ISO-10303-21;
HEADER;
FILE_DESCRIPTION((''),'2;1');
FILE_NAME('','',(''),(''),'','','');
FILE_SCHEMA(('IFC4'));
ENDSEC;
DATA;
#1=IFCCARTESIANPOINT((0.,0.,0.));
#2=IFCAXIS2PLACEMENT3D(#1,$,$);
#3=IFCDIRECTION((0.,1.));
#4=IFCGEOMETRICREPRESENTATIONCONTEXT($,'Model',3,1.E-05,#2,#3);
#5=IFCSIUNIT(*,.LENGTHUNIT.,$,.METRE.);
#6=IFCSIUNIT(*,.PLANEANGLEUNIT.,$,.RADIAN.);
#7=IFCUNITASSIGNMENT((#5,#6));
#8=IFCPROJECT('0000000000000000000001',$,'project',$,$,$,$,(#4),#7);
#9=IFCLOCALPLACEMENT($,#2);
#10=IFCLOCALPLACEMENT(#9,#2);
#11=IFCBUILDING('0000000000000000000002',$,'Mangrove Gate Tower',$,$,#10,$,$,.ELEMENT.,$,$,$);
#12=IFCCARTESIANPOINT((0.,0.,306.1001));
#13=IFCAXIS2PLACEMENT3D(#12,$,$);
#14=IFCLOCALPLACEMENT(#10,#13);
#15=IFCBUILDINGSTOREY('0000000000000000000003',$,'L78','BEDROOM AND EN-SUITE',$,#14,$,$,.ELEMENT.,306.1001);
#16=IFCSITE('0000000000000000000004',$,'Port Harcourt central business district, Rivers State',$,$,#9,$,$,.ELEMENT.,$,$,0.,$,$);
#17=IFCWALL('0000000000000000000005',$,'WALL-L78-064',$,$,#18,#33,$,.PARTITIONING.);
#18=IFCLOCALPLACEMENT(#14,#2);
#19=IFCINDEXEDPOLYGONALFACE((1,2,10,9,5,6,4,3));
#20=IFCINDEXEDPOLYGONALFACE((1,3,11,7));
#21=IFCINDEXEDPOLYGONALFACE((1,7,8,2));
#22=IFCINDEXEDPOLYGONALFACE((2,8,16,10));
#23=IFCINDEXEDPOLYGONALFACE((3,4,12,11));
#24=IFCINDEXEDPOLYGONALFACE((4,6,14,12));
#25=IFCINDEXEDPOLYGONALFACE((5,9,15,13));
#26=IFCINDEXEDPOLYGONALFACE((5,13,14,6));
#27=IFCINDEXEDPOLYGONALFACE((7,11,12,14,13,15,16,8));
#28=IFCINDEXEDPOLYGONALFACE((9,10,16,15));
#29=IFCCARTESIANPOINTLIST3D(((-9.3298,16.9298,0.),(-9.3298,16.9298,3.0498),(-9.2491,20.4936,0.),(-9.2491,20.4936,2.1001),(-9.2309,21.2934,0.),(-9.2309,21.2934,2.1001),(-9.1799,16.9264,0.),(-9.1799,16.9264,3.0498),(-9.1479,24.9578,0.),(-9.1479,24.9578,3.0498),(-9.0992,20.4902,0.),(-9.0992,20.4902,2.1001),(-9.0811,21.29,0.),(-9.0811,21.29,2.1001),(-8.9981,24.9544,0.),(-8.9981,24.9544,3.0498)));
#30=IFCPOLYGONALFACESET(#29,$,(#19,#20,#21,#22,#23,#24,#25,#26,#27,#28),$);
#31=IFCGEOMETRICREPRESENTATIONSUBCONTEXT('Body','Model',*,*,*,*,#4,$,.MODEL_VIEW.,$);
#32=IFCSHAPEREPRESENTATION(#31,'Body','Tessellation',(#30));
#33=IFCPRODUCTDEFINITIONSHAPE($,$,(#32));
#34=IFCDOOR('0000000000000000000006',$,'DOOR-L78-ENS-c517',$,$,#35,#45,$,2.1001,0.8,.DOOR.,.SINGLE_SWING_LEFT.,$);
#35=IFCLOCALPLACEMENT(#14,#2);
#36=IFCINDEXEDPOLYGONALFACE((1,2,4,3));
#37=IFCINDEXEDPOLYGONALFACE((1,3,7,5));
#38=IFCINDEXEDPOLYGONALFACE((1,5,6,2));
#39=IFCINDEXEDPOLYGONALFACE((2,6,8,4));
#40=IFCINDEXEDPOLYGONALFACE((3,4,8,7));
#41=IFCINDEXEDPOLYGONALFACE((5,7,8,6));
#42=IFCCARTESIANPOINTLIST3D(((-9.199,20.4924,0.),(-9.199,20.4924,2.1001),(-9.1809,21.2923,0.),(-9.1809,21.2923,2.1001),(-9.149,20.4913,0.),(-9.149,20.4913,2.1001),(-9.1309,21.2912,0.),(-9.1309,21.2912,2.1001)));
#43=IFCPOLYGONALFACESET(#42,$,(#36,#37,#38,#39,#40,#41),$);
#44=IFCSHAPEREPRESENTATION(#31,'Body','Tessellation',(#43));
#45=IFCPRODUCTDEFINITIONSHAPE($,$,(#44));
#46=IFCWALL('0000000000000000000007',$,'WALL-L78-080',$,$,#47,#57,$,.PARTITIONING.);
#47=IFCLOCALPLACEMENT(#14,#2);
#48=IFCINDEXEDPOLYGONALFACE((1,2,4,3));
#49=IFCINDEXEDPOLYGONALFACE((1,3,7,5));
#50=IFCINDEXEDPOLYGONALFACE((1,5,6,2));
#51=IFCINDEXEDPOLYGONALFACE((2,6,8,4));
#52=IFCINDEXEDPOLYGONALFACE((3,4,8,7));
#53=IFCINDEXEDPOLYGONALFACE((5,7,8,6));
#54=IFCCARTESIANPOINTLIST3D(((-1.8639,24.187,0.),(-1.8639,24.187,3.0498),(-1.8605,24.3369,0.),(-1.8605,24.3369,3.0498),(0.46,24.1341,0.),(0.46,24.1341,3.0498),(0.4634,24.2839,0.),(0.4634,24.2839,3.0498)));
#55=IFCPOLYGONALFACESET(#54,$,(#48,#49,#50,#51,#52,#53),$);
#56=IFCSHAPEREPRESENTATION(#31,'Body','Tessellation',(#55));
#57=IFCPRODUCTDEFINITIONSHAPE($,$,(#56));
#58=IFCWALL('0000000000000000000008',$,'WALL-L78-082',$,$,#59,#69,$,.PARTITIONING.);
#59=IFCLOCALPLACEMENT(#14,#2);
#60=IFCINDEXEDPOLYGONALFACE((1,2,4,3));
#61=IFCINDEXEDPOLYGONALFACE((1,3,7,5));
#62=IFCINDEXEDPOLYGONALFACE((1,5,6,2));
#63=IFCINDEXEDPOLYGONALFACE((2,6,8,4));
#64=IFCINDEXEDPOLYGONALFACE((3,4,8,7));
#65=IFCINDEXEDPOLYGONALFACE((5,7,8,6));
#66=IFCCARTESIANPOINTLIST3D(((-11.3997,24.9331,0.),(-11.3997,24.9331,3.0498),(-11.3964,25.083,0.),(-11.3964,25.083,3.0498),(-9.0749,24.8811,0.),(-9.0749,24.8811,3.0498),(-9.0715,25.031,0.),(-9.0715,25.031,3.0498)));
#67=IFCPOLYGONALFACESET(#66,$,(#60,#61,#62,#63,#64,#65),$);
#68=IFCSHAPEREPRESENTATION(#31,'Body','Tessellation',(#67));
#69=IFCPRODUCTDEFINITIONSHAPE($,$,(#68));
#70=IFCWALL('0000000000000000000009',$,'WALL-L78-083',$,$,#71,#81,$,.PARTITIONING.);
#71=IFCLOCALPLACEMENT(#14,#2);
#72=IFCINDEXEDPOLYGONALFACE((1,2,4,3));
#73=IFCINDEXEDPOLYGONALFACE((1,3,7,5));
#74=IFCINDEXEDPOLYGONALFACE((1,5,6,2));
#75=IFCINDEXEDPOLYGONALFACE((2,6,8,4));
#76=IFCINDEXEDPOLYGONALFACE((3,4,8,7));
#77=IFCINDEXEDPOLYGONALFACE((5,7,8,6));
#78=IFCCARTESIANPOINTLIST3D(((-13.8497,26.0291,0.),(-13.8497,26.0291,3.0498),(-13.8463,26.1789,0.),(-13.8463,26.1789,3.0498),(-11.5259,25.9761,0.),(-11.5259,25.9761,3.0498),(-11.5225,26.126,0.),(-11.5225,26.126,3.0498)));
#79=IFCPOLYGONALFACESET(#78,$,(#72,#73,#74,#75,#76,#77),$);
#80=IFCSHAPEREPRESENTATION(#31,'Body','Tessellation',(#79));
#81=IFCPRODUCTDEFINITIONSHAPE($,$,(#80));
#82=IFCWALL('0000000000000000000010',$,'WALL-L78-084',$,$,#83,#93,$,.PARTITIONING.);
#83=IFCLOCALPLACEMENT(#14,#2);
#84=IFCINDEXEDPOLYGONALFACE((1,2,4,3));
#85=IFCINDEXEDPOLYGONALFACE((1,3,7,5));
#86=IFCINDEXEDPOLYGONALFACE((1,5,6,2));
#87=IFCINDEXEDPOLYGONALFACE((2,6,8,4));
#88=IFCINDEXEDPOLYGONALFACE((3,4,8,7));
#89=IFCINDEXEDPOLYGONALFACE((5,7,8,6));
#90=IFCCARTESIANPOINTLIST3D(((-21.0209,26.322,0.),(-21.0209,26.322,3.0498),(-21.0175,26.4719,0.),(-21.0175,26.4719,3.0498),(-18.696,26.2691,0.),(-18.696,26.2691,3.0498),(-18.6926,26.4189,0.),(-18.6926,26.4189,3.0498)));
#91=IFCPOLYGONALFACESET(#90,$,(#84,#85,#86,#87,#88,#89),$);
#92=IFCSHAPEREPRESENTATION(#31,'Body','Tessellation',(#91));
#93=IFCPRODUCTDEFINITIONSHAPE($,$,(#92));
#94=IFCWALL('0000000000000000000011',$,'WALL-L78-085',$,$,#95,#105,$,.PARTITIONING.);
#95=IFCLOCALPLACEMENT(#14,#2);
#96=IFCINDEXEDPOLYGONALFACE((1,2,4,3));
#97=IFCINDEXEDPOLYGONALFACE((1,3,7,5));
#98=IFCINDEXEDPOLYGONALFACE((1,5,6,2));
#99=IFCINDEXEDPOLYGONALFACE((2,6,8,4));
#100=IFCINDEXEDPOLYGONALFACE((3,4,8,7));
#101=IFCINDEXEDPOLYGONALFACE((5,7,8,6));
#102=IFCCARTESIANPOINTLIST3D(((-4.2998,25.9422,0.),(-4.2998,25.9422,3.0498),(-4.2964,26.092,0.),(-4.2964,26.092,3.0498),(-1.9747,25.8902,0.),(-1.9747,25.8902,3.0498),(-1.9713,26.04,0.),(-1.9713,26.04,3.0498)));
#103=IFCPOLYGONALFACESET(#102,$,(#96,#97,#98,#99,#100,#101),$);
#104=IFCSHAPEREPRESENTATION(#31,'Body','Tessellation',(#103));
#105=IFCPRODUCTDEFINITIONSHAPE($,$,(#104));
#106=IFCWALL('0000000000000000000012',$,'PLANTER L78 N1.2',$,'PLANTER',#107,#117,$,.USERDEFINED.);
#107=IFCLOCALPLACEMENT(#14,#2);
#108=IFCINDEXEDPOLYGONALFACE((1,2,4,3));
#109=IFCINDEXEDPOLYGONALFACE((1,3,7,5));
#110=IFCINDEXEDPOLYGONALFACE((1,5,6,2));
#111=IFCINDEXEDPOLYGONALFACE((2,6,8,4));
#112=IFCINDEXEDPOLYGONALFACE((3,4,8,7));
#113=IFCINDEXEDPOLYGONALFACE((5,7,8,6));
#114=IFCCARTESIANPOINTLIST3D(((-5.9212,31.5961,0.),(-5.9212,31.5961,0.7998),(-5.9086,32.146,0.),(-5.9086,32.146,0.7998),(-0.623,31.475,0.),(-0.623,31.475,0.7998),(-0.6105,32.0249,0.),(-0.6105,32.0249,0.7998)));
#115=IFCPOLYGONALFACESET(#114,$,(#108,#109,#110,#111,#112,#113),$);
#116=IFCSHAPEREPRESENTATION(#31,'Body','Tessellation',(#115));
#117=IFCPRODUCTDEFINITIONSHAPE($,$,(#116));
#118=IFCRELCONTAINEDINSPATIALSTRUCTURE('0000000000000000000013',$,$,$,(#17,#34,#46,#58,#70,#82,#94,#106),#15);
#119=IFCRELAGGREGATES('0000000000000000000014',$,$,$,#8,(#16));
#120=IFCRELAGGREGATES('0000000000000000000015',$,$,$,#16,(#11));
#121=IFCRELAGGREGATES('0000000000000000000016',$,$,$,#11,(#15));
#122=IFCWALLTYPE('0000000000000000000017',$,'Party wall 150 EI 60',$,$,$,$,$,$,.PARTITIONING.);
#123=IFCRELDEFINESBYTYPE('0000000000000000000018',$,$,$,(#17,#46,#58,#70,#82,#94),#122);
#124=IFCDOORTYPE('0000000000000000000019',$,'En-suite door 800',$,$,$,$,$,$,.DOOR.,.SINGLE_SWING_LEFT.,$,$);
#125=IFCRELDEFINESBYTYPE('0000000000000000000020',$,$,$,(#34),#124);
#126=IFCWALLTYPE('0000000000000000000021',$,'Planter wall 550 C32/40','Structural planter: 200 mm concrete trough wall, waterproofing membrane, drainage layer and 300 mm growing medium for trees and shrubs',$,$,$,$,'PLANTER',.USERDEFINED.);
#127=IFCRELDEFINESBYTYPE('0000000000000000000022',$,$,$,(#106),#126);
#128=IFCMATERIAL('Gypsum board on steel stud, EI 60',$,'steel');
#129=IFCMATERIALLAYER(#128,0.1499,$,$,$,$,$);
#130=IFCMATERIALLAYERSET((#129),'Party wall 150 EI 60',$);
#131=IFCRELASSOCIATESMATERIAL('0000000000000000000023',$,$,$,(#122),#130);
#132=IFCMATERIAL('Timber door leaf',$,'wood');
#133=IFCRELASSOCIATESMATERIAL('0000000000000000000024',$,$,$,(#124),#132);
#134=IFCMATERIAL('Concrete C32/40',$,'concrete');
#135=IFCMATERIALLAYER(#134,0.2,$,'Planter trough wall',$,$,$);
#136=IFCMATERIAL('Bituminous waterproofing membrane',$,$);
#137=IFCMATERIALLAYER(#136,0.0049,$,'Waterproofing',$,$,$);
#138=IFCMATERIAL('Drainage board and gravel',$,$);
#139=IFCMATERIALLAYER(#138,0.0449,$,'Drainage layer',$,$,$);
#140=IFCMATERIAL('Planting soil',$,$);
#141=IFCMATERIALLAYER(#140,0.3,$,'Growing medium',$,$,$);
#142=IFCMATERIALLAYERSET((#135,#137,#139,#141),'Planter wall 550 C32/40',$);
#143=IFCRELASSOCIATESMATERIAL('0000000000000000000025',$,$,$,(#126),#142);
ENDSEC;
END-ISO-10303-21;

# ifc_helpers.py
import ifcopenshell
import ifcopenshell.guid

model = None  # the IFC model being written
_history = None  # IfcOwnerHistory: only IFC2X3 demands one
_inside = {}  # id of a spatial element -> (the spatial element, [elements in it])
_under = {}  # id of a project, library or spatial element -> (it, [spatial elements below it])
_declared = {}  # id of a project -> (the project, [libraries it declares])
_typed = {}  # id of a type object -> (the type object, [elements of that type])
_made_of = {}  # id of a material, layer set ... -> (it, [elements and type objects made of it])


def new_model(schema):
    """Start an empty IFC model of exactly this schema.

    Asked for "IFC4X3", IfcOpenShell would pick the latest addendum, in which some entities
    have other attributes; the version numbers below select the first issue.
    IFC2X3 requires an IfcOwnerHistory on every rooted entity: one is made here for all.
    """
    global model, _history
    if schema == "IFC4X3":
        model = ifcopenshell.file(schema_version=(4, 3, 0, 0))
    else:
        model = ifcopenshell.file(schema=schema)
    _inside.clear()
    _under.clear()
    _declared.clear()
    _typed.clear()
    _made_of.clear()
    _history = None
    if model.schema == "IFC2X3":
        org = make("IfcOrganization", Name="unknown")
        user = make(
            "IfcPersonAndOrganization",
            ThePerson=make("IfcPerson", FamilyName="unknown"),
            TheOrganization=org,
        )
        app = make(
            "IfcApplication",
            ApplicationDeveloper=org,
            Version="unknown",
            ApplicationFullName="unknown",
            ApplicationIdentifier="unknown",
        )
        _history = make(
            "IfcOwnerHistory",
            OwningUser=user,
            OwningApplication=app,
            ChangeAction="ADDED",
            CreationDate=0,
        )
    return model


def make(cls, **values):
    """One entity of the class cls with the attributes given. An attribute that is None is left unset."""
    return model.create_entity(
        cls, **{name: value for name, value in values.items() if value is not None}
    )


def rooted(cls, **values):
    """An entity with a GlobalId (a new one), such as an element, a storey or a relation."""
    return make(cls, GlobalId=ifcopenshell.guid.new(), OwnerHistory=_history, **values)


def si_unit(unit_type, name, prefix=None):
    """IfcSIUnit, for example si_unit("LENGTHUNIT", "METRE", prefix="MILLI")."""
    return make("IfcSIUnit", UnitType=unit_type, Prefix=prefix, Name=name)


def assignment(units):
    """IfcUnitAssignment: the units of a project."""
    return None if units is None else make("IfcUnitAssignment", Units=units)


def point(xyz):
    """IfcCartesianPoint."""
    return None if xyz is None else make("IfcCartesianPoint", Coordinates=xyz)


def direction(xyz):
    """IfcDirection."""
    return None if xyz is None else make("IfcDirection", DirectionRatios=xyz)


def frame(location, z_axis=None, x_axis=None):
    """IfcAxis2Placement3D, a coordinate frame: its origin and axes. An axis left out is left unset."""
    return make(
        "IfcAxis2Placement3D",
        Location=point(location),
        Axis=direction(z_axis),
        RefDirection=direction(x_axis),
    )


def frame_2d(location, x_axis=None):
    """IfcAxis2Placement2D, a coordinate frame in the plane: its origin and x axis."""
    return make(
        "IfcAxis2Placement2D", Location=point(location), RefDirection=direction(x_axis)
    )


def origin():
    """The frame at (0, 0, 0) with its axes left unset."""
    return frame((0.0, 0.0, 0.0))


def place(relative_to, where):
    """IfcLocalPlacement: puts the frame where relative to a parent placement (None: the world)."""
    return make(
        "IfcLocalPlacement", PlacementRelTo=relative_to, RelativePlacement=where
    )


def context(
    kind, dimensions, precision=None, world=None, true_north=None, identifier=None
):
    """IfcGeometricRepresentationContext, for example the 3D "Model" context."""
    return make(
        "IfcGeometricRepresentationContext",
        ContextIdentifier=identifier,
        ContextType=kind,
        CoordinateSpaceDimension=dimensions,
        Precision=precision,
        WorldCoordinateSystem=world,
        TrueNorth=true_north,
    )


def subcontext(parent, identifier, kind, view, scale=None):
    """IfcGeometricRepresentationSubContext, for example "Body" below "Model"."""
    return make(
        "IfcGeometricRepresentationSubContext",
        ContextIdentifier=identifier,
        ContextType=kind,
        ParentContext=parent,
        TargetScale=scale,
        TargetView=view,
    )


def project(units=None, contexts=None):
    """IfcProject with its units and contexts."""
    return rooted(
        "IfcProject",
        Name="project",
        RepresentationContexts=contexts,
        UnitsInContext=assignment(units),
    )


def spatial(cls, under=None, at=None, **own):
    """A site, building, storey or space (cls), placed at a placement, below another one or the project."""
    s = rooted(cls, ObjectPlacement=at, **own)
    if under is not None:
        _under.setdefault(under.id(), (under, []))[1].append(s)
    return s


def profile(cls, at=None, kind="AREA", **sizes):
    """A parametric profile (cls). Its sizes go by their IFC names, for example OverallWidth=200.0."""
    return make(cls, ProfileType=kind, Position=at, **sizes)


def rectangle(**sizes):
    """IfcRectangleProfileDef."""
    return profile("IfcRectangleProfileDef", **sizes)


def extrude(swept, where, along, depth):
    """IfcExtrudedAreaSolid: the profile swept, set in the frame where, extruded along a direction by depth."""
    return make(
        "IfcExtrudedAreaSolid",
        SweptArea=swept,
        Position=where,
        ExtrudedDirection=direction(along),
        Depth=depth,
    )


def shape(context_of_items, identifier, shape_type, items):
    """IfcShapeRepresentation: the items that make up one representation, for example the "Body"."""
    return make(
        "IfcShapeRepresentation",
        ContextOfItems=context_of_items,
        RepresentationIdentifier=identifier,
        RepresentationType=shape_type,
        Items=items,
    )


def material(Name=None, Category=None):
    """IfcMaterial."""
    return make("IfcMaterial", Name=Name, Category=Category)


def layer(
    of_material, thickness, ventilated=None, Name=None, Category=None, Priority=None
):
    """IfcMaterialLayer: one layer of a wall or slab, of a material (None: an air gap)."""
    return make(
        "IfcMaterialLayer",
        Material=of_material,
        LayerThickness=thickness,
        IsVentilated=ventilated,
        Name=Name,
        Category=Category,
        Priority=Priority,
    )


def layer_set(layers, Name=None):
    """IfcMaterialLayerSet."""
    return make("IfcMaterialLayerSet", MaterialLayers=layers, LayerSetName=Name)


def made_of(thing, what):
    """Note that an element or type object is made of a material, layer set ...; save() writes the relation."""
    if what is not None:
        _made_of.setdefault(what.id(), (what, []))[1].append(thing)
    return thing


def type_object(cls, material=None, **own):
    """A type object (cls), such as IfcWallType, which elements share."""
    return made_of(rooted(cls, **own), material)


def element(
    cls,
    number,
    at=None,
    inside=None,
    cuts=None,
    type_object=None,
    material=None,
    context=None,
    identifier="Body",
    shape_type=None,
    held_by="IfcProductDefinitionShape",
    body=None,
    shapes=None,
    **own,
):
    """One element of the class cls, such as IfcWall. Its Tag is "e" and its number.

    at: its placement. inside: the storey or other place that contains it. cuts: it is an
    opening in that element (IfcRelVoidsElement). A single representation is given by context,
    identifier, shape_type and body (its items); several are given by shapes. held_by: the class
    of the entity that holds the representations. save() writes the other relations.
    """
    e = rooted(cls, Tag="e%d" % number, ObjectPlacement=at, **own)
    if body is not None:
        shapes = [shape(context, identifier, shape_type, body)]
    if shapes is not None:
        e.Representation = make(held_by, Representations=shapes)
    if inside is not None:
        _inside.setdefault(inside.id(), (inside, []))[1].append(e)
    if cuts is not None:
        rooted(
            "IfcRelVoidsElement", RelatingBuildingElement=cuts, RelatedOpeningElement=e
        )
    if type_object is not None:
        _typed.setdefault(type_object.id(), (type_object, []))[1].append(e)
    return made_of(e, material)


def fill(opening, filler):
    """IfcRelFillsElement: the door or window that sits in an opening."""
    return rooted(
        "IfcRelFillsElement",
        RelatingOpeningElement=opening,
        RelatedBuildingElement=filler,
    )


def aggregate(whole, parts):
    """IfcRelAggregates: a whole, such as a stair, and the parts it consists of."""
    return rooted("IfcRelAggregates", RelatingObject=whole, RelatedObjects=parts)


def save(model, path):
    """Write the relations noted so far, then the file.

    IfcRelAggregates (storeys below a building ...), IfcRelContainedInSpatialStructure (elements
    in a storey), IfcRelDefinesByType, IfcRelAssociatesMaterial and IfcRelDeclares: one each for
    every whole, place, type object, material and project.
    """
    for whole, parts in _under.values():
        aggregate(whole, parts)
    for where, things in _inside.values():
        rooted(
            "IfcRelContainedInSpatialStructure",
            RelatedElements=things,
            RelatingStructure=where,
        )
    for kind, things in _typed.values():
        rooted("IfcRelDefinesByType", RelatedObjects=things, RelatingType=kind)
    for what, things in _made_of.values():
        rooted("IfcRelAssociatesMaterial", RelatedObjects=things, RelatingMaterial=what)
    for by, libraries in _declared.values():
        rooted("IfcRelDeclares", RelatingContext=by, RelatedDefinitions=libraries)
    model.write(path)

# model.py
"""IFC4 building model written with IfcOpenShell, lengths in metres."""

from ifc_helpers import new_model, si_unit, direction, frame, frame_2d, origin, place, context, subcontext, project, spatial, rectangle, extrude, material, layer, layer_set, type_object, element, fill, save


model = new_model("IFC4")

# Units and contexts
model_context = context("Model", 3, precision=1e-05, world=origin(), true_north=direction((0.0, 1.0)))
body_context = subcontext(model_context, "Body", "Model", "MODEL_VIEW")
ifc_project = project(units=[si_unit("LENGTHUNIT", "METRE"), si_unit("PLANEANGLEUNIT", "RADIAN")], contexts=[model_context])

# Site, building, storey
site_placement = place(None, origin())
site = spatial("IfcSite", under=ifc_project, at=site_placement, Name="Port Harcourt central business district, Rivers State", CompositionType="ELEMENT", RefElevation=0.0)
building_placement = place(site_placement, origin())
building = spatial("IfcBuilding", under=site, at=building_placement, Name="Mangrove Gate Tower", CompositionType="ELEMENT")
storey_placement = place(building_placement, frame((0.0, 0.0, 306.1001)))
storey = spatial("IfcBuildingStorey", under=building, at=storey_placement, Name="L78", Description="BEDROOM AND EN-SUITE", CompositionType="ELEMENT", Elevation=306.1001)

# Shared definitions
ifc_material_1 = material(Name="Gypsum board on steel stud, EI 60", Category="steel")
ifc_layer_1 = layer(ifc_material_1, 0.1499)
ifc_layer_set_1 = layer_set([ifc_layer_1], Name="Party wall 150 EI 60")
wall_type_1 = type_object("IfcWallType", Name="Party wall 150 EI 60", PredefinedType="PARTITIONING", material=ifc_layer_set_1)
ifc_material_2 = material(Name="Timber door leaf", Category="wood")
door_type = type_object("IfcDoorType", Name="En-suite door 800", OperationType="SINGLE_SWING_LEFT", PredefinedType="DOOR", material=ifc_material_2)

# Wall, opening, door
wall_1_placement = place(storey_placement, frame((-9.2549, 16.928, 0.0), z_axis=(0.0, 0.0, 1.0), x_axis=(0.02265, 0.999743, 0.0)))
wall_1 = element("IfcWall", 1, at=wall_1_placement, inside=storey, type_object=wall_type_1, Name="WALL-L78-064", PredefinedType="PARTITIONING", context=body_context, shape_type="SweptSolid", body=[
    extrude(rectangle(XDim=8.03, YDim=0.1499, at=frame_2d((4.0151, 0.0))), origin(), (0.0, 0.0, 1.0), 3.0498),
])
opening_1_placement = place(wall_1_placement, frame((3.5649, 0.0, 0.0)))
opening_1 = element("IfcOpeningElement", 2, at=opening_1_placement, cuts=wall_1, PredefinedType="OPENING", context=body_context, shape_type="SweptSolid", body=[
    extrude(rectangle(XDim=0.8, YDim=2.1001, at=frame_2d((0.3999, 1.05))), frame((0.0, 0.085, 0.0), z_axis=(0.0, -1.0, 0.0), x_axis=(1.0, 0.0, 0.0)), (0.0, 0.0, 1.0), 0.1699),
])
door_1_placement = place(opening_1_placement, origin())
door_1 = element("IfcDoor", 3, at=door_1_placement, inside=storey, type_object=door_type, Name="DOOR-L78-ENS-c517", OperationType="SINGLE_SWING_LEFT", OverallHeight=2.1001, OverallWidth=0.8, PredefinedType="DOOR", context=body_context, shape_type="SweptSolid", body=[
    extrude(rectangle(XDim=0.8, YDim=2.1001, at=frame_2d((0.3999, 1.05))), frame((0.0, 0.0249, 0.0), z_axis=(0.0, -1.0, 0.0), x_axis=(1.0, 0.0, 0.0)), (0.0, 0.0, 1.0), 0.05),
])
fill(opening_1, door_1)

# Walls
wall_2_placement = place(storey_placement, frame((-1.8621, 24.262, 0.0), z_axis=(0.0, 0.0, 1.0), x_axis=(0.99974, -0.022791, 0.0)))
element("IfcWall", 4, at=wall_2_placement, inside=storey, type_object=wall_type_1, Name="WALL-L78-080", PredefinedType="PARTITIONING", context=body_context, shape_type="SweptSolid", body=[
    extrude(rectangle(XDim=2.3245, YDim=0.1499, at=frame_2d((1.1621, 0.0))), origin(), (0.0, 0.0, 1.0), 3.0498),
])
wall_3_placement = place(storey_placement, frame((-11.3979, 25.0081, 0.0), z_axis=(0.0, 0.0, 1.0), x_axis=(0.99975, -0.022361, 0.0)))
element("IfcWall", 5, at=wall_3_placement, inside=storey, type_object=wall_type_1, Name="WALL-L78-082", PredefinedType="PARTITIONING", context=body_context, shape_type="SweptSolid", body=[
    extrude(rectangle(XDim=2.3254, YDim=0.1499, at=frame_2d((1.1626, 0.0))), origin(), (0.0, 0.0, 1.0), 3.0498),
])
wall_4_placement = place(storey_placement, frame((-13.8479, 26.104, 0.0), z_axis=(0.0, 0.0, 1.0), x_axis=(0.99974, -0.022791, 0.0)))
element("IfcWall", 6, at=wall_4_placement, inside=storey, type_object=wall_type_1, Name="WALL-L78-083", PredefinedType="PARTITIONING", context=body_context, shape_type="SweptSolid", body=[
    extrude(rectangle(XDim=2.3245, YDim=0.1499, at=frame_2d((1.1621, 0.0))), origin(), (0.0, 0.0, 1.0), 3.0498),
])
wall_5_placement = place(storey_placement, frame((-21.019, 26.397, 0.0), z_axis=(0.0, 0.0, 1.0), x_axis=(0.99974, -0.022781, 0.0)))
element("IfcWall", 7, at=wall_5_placement, inside=storey, type_object=wall_type_1, Name="WALL-L78-084", PredefinedType="PARTITIONING", context=body_context, shape_type="SweptSolid", body=[
    extrude(rectangle(XDim=2.3254, YDim=0.1499, at=frame_2d((1.1626, 0.0))), origin(), (0.0, 0.0, 1.0), 3.0498),
])
wall_6_placement = place(storey_placement, frame((-4.2981, 26.0171, 0.0), z_axis=(0.0, 0.0, 1.0), x_axis=(0.99975, -0.022359, 0.0)))
element("IfcWall", 8, at=wall_6_placement, inside=storey, type_object=wall_type_1, Name="WALL-L78-085", PredefinedType="PARTITIONING", context=body_context, shape_type="SweptSolid", body=[
    extrude(rectangle(XDim=2.3257, YDim=0.1499, at=frame_2d((1.1628, 0.0))), origin(), (0.0, 0.0, 1.0), 3.0498),
])
ifc_material_3 = material(Name="Concrete C32/40", Category="concrete")
ifc_layer_2 = layer(ifc_material_3, 0.2, Name="Planter trough wall")
ifc_material_4 = material(Name="Bituminous waterproofing membrane")
ifc_layer_3 = layer(ifc_material_4, 0.0049, Name="Waterproofing")
ifc_material_5 = material(Name="Drainage board and gravel")
ifc_layer_4 = layer(ifc_material_5, 0.0449, Name="Drainage layer")
ifc_material_6 = material(Name="Planting soil")
ifc_layer_5 = layer(ifc_material_6, 0.3, Name="Growing medium")
ifc_layer_set_2 = layer_set([ifc_layer_2, ifc_layer_3, ifc_layer_4, ifc_layer_5], Name="Planter wall 550 C32/40")
wall_type_2 = type_object("IfcWallType", Name="Planter wall 550 C32/40", Description="Structural planter: 200 mm concrete trough wall, waterproofing membrane, drainage layer and 300 mm growing medium for trees and shrubs", ElementType="PLANTER", PredefinedType="USERDEFINED", material=ifc_layer_set_2)
wall_7_placement = place(storey_placement, frame((-5.915, 31.8711, 0.0), z_axis=(0.0, 0.0, 1.0), x_axis=(0.999739, -0.02285, 0.0)))
element("IfcWall", 9, at=wall_7_placement, inside=storey, type_object=wall_type_2, Name="PLANTER L78 N1.2", ObjectType="PLANTER", PredefinedType="USERDEFINED", context=body_context, shape_type="SweptSolid", body=[
    extrude(rectangle(XDim=5.2996, YDim=0.55, at=frame_2d((2.6499, 0.0))), origin(), (0.0, 0.0, 1.0), 0.7998),
])

save(model, "model.ifc")
